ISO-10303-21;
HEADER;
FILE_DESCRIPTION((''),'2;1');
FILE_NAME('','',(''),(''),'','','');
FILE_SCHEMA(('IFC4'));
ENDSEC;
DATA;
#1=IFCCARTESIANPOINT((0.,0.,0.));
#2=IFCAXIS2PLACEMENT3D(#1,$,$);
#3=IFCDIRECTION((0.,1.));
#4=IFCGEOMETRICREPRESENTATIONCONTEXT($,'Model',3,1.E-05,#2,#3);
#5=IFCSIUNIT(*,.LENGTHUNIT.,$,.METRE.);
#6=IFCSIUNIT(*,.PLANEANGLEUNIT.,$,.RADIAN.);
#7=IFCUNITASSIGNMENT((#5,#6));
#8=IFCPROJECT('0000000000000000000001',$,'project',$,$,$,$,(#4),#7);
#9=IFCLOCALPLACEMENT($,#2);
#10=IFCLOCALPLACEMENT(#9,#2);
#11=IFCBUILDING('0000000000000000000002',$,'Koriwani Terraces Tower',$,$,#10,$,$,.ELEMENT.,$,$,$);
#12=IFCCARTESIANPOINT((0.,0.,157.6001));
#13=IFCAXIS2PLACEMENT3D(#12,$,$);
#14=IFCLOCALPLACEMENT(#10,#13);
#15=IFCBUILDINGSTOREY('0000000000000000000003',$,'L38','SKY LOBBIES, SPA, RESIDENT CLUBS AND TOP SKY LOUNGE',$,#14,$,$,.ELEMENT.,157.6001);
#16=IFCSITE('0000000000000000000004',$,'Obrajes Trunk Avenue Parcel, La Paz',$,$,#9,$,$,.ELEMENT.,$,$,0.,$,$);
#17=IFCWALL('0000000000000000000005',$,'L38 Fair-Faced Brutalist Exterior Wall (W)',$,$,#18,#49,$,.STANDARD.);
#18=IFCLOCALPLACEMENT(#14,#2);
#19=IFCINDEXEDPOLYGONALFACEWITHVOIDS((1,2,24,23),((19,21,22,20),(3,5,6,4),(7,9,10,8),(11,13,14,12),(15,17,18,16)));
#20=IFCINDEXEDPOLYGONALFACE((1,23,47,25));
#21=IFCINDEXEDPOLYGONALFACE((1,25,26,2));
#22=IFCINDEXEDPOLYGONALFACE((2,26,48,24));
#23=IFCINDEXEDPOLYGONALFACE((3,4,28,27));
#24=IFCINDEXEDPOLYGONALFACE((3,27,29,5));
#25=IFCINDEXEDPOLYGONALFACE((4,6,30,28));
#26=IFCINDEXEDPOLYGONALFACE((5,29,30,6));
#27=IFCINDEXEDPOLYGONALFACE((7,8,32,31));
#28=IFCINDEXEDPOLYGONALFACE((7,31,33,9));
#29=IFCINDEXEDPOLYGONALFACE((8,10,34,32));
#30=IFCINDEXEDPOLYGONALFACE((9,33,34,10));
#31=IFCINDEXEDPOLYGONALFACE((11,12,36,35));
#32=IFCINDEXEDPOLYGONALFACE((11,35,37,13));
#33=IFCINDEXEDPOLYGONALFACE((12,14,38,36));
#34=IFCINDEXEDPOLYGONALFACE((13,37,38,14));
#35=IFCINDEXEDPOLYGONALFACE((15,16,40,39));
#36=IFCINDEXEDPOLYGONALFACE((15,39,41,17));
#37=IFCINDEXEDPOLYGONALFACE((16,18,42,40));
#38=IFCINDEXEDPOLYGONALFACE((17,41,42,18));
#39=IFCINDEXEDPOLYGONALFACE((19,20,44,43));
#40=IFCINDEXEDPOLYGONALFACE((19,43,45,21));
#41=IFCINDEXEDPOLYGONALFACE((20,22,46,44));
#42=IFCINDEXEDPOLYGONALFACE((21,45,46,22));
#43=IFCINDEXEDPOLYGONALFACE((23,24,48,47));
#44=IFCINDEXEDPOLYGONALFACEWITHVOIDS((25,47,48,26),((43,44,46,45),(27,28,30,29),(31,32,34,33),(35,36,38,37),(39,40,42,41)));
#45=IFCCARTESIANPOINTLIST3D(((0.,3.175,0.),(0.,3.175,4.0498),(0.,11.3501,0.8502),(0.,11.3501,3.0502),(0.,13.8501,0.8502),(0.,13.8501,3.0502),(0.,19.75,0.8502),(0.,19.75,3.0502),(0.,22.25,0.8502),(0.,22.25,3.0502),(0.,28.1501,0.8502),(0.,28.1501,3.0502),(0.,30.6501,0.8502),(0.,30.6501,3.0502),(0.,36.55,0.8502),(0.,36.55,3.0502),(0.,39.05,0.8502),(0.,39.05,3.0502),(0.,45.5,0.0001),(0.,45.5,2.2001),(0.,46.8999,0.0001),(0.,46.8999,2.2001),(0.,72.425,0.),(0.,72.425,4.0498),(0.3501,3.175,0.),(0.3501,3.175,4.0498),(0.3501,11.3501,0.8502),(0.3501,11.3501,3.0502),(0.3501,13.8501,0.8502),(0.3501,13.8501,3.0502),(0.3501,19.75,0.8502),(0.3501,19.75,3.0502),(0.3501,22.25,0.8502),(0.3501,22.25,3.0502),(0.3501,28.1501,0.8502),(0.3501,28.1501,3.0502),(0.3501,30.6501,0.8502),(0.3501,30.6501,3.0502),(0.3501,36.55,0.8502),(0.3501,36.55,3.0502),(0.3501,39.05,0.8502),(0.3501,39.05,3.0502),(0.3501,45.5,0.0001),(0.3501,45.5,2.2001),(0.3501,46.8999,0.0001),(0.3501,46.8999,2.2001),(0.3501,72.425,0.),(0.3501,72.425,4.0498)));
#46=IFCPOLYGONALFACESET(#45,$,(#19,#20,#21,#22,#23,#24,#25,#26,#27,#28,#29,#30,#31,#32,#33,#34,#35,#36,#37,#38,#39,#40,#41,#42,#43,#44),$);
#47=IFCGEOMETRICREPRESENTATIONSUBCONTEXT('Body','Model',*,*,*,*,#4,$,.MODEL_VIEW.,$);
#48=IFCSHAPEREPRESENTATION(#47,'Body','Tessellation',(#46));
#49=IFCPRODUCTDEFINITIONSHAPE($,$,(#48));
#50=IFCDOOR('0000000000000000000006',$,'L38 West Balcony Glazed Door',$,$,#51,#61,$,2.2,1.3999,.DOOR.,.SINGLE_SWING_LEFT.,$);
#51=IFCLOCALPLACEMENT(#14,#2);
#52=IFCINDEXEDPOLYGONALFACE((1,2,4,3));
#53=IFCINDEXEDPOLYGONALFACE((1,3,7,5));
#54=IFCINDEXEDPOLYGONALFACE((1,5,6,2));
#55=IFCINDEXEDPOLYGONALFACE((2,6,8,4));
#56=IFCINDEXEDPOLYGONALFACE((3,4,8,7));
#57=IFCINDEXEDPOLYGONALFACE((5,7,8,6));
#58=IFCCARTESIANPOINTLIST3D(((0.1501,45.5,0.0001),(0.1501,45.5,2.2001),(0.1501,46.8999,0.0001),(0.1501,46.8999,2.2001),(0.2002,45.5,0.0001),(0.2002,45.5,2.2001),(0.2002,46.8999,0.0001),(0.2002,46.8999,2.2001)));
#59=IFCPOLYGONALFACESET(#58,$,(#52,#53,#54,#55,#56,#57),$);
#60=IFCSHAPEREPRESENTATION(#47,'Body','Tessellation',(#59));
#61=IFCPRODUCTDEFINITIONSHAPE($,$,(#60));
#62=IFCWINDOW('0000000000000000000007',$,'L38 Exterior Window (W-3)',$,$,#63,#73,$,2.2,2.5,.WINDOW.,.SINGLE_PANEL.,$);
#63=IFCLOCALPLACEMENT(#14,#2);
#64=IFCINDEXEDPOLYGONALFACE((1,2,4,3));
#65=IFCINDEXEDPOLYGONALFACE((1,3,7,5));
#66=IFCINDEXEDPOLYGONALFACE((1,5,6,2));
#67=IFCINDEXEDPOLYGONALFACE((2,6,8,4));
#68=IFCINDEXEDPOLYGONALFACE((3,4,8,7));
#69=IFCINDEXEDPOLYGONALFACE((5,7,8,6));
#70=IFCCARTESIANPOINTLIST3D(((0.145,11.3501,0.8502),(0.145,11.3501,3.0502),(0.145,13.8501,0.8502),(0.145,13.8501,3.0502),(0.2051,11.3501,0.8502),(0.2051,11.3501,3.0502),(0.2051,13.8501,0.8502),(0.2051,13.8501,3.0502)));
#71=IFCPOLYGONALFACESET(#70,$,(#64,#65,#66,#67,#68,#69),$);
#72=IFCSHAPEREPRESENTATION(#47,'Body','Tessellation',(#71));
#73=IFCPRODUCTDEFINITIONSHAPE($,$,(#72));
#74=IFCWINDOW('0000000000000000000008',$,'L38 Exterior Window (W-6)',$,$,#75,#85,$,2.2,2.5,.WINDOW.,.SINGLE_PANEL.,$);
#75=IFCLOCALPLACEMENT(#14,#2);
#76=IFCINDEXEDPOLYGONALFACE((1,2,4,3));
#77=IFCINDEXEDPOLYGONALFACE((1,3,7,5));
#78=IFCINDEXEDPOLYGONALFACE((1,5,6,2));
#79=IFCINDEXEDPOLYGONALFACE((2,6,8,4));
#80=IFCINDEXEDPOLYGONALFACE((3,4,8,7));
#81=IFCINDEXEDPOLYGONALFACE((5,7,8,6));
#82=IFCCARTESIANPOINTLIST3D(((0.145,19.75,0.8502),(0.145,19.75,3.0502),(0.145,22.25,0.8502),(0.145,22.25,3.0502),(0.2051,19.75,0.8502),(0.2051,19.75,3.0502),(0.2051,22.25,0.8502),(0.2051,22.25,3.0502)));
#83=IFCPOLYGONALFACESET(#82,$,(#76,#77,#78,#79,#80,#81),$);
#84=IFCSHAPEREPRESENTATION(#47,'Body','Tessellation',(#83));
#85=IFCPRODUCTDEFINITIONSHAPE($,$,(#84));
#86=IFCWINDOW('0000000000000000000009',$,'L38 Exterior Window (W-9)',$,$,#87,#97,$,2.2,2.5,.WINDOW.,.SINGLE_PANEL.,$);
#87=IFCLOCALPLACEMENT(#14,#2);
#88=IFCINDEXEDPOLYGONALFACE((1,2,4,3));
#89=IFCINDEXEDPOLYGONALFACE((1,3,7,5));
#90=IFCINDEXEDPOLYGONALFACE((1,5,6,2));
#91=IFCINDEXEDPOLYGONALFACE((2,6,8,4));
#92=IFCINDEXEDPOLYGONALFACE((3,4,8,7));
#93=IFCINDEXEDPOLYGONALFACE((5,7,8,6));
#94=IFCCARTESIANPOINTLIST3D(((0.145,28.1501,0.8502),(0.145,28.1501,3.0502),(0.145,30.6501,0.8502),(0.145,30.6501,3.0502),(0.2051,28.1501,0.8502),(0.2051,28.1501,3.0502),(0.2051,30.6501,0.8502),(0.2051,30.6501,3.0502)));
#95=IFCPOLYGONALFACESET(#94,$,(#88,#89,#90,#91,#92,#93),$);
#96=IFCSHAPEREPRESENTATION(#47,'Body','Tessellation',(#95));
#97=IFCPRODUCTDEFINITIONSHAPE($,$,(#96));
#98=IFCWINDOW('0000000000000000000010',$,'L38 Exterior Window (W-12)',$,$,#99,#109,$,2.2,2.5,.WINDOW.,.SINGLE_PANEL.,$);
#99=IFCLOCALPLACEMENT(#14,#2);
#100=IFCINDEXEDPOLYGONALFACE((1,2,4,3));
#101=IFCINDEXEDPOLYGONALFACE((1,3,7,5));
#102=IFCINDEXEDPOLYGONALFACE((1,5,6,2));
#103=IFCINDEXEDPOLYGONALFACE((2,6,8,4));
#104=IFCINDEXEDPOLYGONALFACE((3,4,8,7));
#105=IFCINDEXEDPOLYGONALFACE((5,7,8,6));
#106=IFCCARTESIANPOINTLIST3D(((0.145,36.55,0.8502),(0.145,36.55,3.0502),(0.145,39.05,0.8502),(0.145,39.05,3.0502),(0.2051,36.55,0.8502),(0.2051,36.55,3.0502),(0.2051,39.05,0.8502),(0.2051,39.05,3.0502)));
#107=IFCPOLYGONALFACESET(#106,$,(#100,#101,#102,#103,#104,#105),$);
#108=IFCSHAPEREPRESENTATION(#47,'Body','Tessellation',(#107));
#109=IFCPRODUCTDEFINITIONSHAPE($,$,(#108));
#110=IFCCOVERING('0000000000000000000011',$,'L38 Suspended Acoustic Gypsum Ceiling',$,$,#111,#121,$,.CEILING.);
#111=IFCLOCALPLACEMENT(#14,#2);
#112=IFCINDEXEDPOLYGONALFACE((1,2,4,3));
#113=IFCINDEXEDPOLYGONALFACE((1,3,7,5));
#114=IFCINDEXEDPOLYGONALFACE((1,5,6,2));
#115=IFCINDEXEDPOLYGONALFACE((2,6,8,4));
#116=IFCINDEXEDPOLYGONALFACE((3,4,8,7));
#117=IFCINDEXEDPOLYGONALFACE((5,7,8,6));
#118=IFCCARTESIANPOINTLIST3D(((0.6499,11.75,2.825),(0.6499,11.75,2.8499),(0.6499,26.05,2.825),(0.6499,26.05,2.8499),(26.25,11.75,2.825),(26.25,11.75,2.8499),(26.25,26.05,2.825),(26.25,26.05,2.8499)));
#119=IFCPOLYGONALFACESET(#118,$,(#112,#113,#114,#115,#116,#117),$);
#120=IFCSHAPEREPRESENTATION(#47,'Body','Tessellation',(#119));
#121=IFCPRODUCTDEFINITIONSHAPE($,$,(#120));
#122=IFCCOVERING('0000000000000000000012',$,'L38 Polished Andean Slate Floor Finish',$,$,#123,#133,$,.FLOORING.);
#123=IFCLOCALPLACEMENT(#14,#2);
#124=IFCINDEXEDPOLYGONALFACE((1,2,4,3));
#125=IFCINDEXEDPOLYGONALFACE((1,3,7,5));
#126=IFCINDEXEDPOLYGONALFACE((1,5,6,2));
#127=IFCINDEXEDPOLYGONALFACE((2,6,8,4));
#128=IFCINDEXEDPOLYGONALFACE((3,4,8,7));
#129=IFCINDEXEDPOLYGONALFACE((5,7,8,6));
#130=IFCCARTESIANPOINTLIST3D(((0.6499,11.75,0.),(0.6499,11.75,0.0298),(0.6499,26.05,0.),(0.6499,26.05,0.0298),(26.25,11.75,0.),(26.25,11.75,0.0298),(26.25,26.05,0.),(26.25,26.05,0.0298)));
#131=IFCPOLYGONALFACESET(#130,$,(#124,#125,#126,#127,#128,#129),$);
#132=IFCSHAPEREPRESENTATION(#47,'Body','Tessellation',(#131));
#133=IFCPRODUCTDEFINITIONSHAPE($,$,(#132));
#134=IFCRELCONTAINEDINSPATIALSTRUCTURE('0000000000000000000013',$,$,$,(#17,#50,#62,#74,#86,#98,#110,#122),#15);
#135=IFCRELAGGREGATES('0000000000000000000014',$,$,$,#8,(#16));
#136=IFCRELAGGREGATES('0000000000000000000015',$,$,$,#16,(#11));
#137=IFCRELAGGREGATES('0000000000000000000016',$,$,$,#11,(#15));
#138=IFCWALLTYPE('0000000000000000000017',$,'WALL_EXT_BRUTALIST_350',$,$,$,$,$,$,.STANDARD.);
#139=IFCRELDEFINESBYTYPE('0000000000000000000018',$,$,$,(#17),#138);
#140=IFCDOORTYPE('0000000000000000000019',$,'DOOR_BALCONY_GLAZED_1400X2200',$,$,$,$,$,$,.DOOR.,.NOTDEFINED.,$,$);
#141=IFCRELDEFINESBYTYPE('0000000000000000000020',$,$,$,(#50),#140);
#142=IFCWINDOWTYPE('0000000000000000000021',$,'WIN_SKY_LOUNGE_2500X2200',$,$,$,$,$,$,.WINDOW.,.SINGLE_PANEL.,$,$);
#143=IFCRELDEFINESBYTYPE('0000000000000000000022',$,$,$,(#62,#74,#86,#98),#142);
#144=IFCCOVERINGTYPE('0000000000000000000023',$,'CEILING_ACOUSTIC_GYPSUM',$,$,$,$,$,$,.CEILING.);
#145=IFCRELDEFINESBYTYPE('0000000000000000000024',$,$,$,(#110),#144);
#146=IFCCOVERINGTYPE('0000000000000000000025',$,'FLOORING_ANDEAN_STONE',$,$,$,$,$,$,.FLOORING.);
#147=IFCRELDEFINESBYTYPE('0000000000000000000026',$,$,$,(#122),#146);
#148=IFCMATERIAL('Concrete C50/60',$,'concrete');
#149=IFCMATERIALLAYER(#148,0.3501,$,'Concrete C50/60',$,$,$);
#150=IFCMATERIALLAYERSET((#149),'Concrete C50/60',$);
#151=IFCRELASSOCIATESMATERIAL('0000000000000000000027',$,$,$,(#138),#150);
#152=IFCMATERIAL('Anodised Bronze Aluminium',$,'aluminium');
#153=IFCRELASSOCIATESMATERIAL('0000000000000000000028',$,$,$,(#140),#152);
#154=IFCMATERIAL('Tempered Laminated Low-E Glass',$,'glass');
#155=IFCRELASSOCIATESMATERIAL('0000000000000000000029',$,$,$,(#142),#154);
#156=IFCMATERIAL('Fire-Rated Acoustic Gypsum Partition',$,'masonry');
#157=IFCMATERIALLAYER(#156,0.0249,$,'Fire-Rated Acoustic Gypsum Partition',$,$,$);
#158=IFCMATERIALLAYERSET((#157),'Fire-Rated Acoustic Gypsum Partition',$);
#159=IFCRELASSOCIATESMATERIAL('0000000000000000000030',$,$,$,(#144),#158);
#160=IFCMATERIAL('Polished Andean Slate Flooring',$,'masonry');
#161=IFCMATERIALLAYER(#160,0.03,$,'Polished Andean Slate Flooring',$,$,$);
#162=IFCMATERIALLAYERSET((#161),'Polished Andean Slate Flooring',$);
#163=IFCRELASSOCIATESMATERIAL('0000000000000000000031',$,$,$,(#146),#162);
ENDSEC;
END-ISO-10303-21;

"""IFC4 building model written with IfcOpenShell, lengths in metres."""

from ifc_helpers import new_model, si_unit, direction, frame, frame_2d, origin, place, context, subcontext, project, spatial, polyline, rectangle, outline, extrude, material, layer, layer_set, type_object, element, fill, save


model = new_model("IFC4")

# Units and contexts
model_context = context("Model", 3, precision=1e-05, world=origin(), true_north=direction((0.0, 1.0)))
body_context = subcontext(model_context, "Body", "Model", "MODEL_VIEW")
ifc_project = project(units=[si_unit("LENGTHUNIT", "METRE"), si_unit("PLANEANGLEUNIT", "RADIAN")], contexts=[model_context])

# Site, building, storey
site_placement = place(None, origin())
site = spatial("IfcSite", under=ifc_project, at=site_placement, Name="Obrajes Trunk Avenue Parcel, La Paz", CompositionType="ELEMENT", RefElevation=0.0)
building_placement = place(site_placement, origin())
building = spatial("IfcBuilding", under=site, at=building_placement, Name="Koriwani Terraces Tower", CompositionType="ELEMENT")
storey_placement = place(building_placement, frame((0.0, 0.0, 157.6001)))
storey = spatial("IfcBuildingStorey", under=building, at=storey_placement, Name="L38", Description="SKY LOBBIES, SPA, RESIDENT CLUBS AND TOP SKY LOUNGE", CompositionType="ELEMENT", Elevation=157.6001)

# Shared definitions
ifc_material_1 = material(Name="Concrete C50/60", Category="concrete")

# Shared definitions
ifc_layer_1 = layer(ifc_material_1, 0.3501, Name="Concrete C50/60")
ifc_layer_set_1 = layer_set([ifc_layer_1], Name="Concrete C50/60")
wall_type_1 = type_object("IfcWallType", Name="WALL_EXT_BRUTALIST_350", PredefinedType="STANDARD", material=ifc_layer_set_1)

# Wall, openings, door, windows
wall_1_placement = place(storey_placement, frame((0.175, 3.175, 0.0), z_axis=(0.0, 0.0, 1.0), x_axis=(0.0, 1.0, 0.0)))
wall_1 = element("IfcWall", 1, at=wall_1_placement, inside=storey, type_object=wall_type_1, Name="L38 Fair-Faced Brutalist Exterior Wall (W)", PredefinedType="STANDARD", context=body_context, shape_type="SweptSolid", body=[
    extrude(rectangle(XDim=69.25, YDim=0.3501, at=frame_2d((34.625, 0.0))), origin(), (0.0, 0.0, 1.0), 4.0498),
])
opening_1_placement = place(wall_1_placement, frame((42.325, 0.0, 0.0)))
opening_1 = element("IfcOpeningElement", 2, at=opening_1_placement, cuts=wall_1, PredefinedType="OPENING", context=body_context, shape_type="SweptSolid", body=[
    extrude(rectangle(XDim=1.3999, YDim=2.2, at=frame_2d((0.7, 1.1001))), frame((0.0, 0.1851, 0.0), z_axis=(0.0, -1.0, 0.0), x_axis=(1.0, 0.0, 0.0)), (0.0, 0.0, 1.0), 0.3701),
])
opening_2_placement = place(wall_1_placement, frame((8.175, 0.0, 0.8501)))
opening_2 = element("IfcOpeningElement", 3, at=opening_2_placement, cuts=wall_1, PredefinedType="OPENING", context=body_context, shape_type="SweptSolid", body=[
    extrude(rectangle(XDim=2.5, YDim=2.2, at=frame_2d((1.25, 1.1001))), frame((0.0, 0.1851, 0.0), z_axis=(0.0, -1.0, 0.0), x_axis=(1.0, 0.0, 0.0)), (0.0, 0.0, 1.0), 0.3701),
])
opening_3_placement = place(wall_1_placement, frame((16.575, 0.0, 0.8501)))
opening_3 = element("IfcOpeningElement", 4, at=opening_3_placement, cuts=wall_1, PredefinedType="OPENING", context=body_context, shape_type="SweptSolid", body=[
    extrude(rectangle(XDim=2.5, YDim=2.2, at=frame_2d((1.25, 1.1001))), frame((0.0, 0.1851, 0.0), z_axis=(0.0, -1.0, 0.0), x_axis=(1.0, 0.0, 0.0)), (0.0, 0.0, 1.0), 0.3701),
])
opening_4_placement = place(wall_1_placement, frame((24.9751, 0.0, 0.8501)))
opening_4 = element("IfcOpeningElement", 5, at=opening_4_placement, cuts=wall_1, PredefinedType="OPENING", context=body_context, shape_type="SweptSolid", body=[
    extrude(rectangle(XDim=2.5, YDim=2.2, at=frame_2d((1.25, 1.1001))), frame((0.0, 0.1851, 0.0), z_axis=(0.0, -1.0, 0.0), x_axis=(1.0, 0.0, 0.0)), (0.0, 0.0, 1.0), 0.3701),
])
opening_5_placement = place(wall_1_placement, frame((33.375, 0.0, 0.8501)))
opening_5 = element("IfcOpeningElement", 6, at=opening_5_placement, cuts=wall_1, PredefinedType="OPENING", context=body_context, shape_type="SweptSolid", body=[
    extrude(rectangle(XDim=2.5, YDim=2.2, at=frame_2d((1.25, 1.1001))), frame((0.0, 0.1851, 0.0), z_axis=(0.0, -1.0, 0.0), x_axis=(1.0, 0.0, 0.0)), (0.0, 0.0, 1.0), 0.3701),
])
ifc_material_2 = material(Name="Anodised Bronze Aluminium", Category="aluminium")
door_type = type_object("IfcDoorType", Name="DOOR_BALCONY_GLAZED_1400X2200", OperationType="NOTDEFINED", PredefinedType="DOOR", material=ifc_material_2)
door_placement = place(opening_1_placement, origin())
door = element("IfcDoor", 7, at=door_placement, inside=storey, type_object=door_type, Name="L38 West Balcony Glazed Door", OperationType="SINGLE_SWING_LEFT", OverallHeight=2.2, OverallWidth=1.3999, PredefinedType="DOOR", context=body_context, shape_type="SweptSolid", body=[
    extrude(rectangle(XDim=1.3999, YDim=2.2, at=frame_2d((0.7, 1.1001))), frame((0.0, 0.0249, 0.0), z_axis=(0.0, -1.0, 0.0), x_axis=(1.0, 0.0, 0.0)), (0.0, 0.0, 1.0), 0.05),
])
fill(opening_1, door)
ifc_material_3 = material(Name="Tempered Laminated Low-E Glass", Category="glass")
window_type = type_object("IfcWindowType", Name="WIN_SKY_LOUNGE_2500X2200", PartitioningType="SINGLE_PANEL", PredefinedType="WINDOW", material=ifc_material_3)
window_1_placement = place(opening_2_placement, origin())
window_1 = element("IfcWindow", 8, at=window_1_placement, inside=storey, type_object=window_type, Name="L38 Exterior Window (W-3)", OverallHeight=2.2, OverallWidth=2.5, PartitioningType="SINGLE_PANEL", PredefinedType="WINDOW", context=body_context, shape_type="SweptSolid", body=[
    extrude(rectangle(XDim=2.5, YDim=2.2, at=frame_2d((1.25, 1.1001))), frame((0.0, 0.03, 0.0), z_axis=(0.0, -1.0, 0.0), x_axis=(1.0, 0.0, 0.0)), (0.0, 0.0, 1.0), 0.0601),
])
fill(opening_2, window_1)
window_2_placement = place(opening_3_placement, origin())
window_2 = element("IfcWindow", 9, at=window_2_placement, inside=storey, type_object=window_type, Name="L38 Exterior Window (W-6)", OverallHeight=2.2, OverallWidth=2.5, PartitioningType="SINGLE_PANEL", PredefinedType="WINDOW", context=body_context, shape_type="SweptSolid", body=[
    extrude(rectangle(XDim=2.5, YDim=2.2, at=frame_2d((1.25, 1.1001))), frame((0.0, 0.03, 0.0), z_axis=(0.0, -1.0, 0.0), x_axis=(1.0, 0.0, 0.0)), (0.0, 0.0, 1.0), 0.0601),
])
fill(opening_3, window_2)
window_3_placement = place(opening_4_placement, origin())
window_3 = element("IfcWindow", 10, at=window_3_placement, inside=storey, type_object=window_type, Name="L38 Exterior Window (W-9)", OverallHeight=2.2, OverallWidth=2.5, PartitioningType="SINGLE_PANEL", PredefinedType="WINDOW", context=body_context, shape_type="SweptSolid", body=[
    extrude(rectangle(XDim=2.5, YDim=2.2, at=frame_2d((1.25, 1.1001))), frame((0.0, 0.03, 0.0), z_axis=(0.0, -1.0, 0.0), x_axis=(1.0, 0.0, 0.0)), (0.0, 0.0, 1.0), 0.0601),
])
fill(opening_4, window_3)
window_4_placement = place(opening_5_placement, origin())
window_4 = element("IfcWindow", 11, at=window_4_placement, inside=storey, type_object=window_type, Name="L38 Exterior Window (W-12)", OverallHeight=2.2, OverallWidth=2.5, PartitioningType="SINGLE_PANEL", PredefinedType="WINDOW", context=body_context, shape_type="SweptSolid", body=[
    extrude(rectangle(XDim=2.5, YDim=2.2, at=frame_2d((1.25, 1.1001))), frame((0.0, 0.03, 0.0), z_axis=(0.0, -1.0, 0.0), x_axis=(1.0, 0.0, 0.0)), (0.0, 0.0, 1.0), 0.0601),
])
fill(opening_5, window_4)

# Coverings
ifc_material_4 = material(Name="Fire-Rated Acoustic Gypsum Partition", Category="masonry")
ifc_layer_2 = layer(ifc_material_4, 0.0249, Name="Fire-Rated Acoustic Gypsum Partition")
ifc_layer_set_2 = layer_set([ifc_layer_2], Name="Fire-Rated Acoustic Gypsum Partition")
covering_type_1 = type_object("IfcCoveringType", Name="CEILING_ACOUSTIC_GYPSUM", PredefinedType="CEILING", material=ifc_layer_set_2)
covering_1_placement = place(storey_placement, frame((0.0, 0.0, 2.825)))
element("IfcCovering", 12, at=covering_1_placement, inside=storey, type_object=covering_type_1, Name="L38 Suspended Acoustic Gypsum Ceiling", PredefinedType="CEILING", context=body_context, shape_type="SweptSolid", body=[
    extrude(outline(polyline([(0.6499, 11.75), (0.6499, 26.05), (26.25, 26.05), (26.25, 11.75), (0.6499, 11.75)])), origin(), (0.0, 0.0, 1.0), 0.0249),
])
ifc_material_5 = material(Name="Polished Andean Slate Flooring", Category="masonry")
ifc_layer_3 = layer(ifc_material_5, 0.03, Name="Polished Andean Slate Flooring")
ifc_layer_set_3 = layer_set([ifc_layer_3], Name="Polished Andean Slate Flooring")
covering_type_2 = type_object("IfcCoveringType", Name="FLOORING_ANDEAN_STONE", PredefinedType="FLOORING", material=ifc_layer_set_3)
covering_2_placement = place(storey_placement, origin())
element("IfcCovering", 13, at=covering_2_placement, inside=storey, type_object=covering_type_2, Name="L38 Polished Andean Slate Floor Finish", PredefinedType="FLOORING", context=body_context, shape_type="SweptSolid", body=[
    extrude(outline(polyline([(0.6499, 11.75), (0.6499, 26.05), (26.25, 26.05), (26.25, 11.75), (0.6499, 11.75)])), origin(), (0.0, 0.0, 1.0), 0.0298),
])

save(model, "model.ifc")
